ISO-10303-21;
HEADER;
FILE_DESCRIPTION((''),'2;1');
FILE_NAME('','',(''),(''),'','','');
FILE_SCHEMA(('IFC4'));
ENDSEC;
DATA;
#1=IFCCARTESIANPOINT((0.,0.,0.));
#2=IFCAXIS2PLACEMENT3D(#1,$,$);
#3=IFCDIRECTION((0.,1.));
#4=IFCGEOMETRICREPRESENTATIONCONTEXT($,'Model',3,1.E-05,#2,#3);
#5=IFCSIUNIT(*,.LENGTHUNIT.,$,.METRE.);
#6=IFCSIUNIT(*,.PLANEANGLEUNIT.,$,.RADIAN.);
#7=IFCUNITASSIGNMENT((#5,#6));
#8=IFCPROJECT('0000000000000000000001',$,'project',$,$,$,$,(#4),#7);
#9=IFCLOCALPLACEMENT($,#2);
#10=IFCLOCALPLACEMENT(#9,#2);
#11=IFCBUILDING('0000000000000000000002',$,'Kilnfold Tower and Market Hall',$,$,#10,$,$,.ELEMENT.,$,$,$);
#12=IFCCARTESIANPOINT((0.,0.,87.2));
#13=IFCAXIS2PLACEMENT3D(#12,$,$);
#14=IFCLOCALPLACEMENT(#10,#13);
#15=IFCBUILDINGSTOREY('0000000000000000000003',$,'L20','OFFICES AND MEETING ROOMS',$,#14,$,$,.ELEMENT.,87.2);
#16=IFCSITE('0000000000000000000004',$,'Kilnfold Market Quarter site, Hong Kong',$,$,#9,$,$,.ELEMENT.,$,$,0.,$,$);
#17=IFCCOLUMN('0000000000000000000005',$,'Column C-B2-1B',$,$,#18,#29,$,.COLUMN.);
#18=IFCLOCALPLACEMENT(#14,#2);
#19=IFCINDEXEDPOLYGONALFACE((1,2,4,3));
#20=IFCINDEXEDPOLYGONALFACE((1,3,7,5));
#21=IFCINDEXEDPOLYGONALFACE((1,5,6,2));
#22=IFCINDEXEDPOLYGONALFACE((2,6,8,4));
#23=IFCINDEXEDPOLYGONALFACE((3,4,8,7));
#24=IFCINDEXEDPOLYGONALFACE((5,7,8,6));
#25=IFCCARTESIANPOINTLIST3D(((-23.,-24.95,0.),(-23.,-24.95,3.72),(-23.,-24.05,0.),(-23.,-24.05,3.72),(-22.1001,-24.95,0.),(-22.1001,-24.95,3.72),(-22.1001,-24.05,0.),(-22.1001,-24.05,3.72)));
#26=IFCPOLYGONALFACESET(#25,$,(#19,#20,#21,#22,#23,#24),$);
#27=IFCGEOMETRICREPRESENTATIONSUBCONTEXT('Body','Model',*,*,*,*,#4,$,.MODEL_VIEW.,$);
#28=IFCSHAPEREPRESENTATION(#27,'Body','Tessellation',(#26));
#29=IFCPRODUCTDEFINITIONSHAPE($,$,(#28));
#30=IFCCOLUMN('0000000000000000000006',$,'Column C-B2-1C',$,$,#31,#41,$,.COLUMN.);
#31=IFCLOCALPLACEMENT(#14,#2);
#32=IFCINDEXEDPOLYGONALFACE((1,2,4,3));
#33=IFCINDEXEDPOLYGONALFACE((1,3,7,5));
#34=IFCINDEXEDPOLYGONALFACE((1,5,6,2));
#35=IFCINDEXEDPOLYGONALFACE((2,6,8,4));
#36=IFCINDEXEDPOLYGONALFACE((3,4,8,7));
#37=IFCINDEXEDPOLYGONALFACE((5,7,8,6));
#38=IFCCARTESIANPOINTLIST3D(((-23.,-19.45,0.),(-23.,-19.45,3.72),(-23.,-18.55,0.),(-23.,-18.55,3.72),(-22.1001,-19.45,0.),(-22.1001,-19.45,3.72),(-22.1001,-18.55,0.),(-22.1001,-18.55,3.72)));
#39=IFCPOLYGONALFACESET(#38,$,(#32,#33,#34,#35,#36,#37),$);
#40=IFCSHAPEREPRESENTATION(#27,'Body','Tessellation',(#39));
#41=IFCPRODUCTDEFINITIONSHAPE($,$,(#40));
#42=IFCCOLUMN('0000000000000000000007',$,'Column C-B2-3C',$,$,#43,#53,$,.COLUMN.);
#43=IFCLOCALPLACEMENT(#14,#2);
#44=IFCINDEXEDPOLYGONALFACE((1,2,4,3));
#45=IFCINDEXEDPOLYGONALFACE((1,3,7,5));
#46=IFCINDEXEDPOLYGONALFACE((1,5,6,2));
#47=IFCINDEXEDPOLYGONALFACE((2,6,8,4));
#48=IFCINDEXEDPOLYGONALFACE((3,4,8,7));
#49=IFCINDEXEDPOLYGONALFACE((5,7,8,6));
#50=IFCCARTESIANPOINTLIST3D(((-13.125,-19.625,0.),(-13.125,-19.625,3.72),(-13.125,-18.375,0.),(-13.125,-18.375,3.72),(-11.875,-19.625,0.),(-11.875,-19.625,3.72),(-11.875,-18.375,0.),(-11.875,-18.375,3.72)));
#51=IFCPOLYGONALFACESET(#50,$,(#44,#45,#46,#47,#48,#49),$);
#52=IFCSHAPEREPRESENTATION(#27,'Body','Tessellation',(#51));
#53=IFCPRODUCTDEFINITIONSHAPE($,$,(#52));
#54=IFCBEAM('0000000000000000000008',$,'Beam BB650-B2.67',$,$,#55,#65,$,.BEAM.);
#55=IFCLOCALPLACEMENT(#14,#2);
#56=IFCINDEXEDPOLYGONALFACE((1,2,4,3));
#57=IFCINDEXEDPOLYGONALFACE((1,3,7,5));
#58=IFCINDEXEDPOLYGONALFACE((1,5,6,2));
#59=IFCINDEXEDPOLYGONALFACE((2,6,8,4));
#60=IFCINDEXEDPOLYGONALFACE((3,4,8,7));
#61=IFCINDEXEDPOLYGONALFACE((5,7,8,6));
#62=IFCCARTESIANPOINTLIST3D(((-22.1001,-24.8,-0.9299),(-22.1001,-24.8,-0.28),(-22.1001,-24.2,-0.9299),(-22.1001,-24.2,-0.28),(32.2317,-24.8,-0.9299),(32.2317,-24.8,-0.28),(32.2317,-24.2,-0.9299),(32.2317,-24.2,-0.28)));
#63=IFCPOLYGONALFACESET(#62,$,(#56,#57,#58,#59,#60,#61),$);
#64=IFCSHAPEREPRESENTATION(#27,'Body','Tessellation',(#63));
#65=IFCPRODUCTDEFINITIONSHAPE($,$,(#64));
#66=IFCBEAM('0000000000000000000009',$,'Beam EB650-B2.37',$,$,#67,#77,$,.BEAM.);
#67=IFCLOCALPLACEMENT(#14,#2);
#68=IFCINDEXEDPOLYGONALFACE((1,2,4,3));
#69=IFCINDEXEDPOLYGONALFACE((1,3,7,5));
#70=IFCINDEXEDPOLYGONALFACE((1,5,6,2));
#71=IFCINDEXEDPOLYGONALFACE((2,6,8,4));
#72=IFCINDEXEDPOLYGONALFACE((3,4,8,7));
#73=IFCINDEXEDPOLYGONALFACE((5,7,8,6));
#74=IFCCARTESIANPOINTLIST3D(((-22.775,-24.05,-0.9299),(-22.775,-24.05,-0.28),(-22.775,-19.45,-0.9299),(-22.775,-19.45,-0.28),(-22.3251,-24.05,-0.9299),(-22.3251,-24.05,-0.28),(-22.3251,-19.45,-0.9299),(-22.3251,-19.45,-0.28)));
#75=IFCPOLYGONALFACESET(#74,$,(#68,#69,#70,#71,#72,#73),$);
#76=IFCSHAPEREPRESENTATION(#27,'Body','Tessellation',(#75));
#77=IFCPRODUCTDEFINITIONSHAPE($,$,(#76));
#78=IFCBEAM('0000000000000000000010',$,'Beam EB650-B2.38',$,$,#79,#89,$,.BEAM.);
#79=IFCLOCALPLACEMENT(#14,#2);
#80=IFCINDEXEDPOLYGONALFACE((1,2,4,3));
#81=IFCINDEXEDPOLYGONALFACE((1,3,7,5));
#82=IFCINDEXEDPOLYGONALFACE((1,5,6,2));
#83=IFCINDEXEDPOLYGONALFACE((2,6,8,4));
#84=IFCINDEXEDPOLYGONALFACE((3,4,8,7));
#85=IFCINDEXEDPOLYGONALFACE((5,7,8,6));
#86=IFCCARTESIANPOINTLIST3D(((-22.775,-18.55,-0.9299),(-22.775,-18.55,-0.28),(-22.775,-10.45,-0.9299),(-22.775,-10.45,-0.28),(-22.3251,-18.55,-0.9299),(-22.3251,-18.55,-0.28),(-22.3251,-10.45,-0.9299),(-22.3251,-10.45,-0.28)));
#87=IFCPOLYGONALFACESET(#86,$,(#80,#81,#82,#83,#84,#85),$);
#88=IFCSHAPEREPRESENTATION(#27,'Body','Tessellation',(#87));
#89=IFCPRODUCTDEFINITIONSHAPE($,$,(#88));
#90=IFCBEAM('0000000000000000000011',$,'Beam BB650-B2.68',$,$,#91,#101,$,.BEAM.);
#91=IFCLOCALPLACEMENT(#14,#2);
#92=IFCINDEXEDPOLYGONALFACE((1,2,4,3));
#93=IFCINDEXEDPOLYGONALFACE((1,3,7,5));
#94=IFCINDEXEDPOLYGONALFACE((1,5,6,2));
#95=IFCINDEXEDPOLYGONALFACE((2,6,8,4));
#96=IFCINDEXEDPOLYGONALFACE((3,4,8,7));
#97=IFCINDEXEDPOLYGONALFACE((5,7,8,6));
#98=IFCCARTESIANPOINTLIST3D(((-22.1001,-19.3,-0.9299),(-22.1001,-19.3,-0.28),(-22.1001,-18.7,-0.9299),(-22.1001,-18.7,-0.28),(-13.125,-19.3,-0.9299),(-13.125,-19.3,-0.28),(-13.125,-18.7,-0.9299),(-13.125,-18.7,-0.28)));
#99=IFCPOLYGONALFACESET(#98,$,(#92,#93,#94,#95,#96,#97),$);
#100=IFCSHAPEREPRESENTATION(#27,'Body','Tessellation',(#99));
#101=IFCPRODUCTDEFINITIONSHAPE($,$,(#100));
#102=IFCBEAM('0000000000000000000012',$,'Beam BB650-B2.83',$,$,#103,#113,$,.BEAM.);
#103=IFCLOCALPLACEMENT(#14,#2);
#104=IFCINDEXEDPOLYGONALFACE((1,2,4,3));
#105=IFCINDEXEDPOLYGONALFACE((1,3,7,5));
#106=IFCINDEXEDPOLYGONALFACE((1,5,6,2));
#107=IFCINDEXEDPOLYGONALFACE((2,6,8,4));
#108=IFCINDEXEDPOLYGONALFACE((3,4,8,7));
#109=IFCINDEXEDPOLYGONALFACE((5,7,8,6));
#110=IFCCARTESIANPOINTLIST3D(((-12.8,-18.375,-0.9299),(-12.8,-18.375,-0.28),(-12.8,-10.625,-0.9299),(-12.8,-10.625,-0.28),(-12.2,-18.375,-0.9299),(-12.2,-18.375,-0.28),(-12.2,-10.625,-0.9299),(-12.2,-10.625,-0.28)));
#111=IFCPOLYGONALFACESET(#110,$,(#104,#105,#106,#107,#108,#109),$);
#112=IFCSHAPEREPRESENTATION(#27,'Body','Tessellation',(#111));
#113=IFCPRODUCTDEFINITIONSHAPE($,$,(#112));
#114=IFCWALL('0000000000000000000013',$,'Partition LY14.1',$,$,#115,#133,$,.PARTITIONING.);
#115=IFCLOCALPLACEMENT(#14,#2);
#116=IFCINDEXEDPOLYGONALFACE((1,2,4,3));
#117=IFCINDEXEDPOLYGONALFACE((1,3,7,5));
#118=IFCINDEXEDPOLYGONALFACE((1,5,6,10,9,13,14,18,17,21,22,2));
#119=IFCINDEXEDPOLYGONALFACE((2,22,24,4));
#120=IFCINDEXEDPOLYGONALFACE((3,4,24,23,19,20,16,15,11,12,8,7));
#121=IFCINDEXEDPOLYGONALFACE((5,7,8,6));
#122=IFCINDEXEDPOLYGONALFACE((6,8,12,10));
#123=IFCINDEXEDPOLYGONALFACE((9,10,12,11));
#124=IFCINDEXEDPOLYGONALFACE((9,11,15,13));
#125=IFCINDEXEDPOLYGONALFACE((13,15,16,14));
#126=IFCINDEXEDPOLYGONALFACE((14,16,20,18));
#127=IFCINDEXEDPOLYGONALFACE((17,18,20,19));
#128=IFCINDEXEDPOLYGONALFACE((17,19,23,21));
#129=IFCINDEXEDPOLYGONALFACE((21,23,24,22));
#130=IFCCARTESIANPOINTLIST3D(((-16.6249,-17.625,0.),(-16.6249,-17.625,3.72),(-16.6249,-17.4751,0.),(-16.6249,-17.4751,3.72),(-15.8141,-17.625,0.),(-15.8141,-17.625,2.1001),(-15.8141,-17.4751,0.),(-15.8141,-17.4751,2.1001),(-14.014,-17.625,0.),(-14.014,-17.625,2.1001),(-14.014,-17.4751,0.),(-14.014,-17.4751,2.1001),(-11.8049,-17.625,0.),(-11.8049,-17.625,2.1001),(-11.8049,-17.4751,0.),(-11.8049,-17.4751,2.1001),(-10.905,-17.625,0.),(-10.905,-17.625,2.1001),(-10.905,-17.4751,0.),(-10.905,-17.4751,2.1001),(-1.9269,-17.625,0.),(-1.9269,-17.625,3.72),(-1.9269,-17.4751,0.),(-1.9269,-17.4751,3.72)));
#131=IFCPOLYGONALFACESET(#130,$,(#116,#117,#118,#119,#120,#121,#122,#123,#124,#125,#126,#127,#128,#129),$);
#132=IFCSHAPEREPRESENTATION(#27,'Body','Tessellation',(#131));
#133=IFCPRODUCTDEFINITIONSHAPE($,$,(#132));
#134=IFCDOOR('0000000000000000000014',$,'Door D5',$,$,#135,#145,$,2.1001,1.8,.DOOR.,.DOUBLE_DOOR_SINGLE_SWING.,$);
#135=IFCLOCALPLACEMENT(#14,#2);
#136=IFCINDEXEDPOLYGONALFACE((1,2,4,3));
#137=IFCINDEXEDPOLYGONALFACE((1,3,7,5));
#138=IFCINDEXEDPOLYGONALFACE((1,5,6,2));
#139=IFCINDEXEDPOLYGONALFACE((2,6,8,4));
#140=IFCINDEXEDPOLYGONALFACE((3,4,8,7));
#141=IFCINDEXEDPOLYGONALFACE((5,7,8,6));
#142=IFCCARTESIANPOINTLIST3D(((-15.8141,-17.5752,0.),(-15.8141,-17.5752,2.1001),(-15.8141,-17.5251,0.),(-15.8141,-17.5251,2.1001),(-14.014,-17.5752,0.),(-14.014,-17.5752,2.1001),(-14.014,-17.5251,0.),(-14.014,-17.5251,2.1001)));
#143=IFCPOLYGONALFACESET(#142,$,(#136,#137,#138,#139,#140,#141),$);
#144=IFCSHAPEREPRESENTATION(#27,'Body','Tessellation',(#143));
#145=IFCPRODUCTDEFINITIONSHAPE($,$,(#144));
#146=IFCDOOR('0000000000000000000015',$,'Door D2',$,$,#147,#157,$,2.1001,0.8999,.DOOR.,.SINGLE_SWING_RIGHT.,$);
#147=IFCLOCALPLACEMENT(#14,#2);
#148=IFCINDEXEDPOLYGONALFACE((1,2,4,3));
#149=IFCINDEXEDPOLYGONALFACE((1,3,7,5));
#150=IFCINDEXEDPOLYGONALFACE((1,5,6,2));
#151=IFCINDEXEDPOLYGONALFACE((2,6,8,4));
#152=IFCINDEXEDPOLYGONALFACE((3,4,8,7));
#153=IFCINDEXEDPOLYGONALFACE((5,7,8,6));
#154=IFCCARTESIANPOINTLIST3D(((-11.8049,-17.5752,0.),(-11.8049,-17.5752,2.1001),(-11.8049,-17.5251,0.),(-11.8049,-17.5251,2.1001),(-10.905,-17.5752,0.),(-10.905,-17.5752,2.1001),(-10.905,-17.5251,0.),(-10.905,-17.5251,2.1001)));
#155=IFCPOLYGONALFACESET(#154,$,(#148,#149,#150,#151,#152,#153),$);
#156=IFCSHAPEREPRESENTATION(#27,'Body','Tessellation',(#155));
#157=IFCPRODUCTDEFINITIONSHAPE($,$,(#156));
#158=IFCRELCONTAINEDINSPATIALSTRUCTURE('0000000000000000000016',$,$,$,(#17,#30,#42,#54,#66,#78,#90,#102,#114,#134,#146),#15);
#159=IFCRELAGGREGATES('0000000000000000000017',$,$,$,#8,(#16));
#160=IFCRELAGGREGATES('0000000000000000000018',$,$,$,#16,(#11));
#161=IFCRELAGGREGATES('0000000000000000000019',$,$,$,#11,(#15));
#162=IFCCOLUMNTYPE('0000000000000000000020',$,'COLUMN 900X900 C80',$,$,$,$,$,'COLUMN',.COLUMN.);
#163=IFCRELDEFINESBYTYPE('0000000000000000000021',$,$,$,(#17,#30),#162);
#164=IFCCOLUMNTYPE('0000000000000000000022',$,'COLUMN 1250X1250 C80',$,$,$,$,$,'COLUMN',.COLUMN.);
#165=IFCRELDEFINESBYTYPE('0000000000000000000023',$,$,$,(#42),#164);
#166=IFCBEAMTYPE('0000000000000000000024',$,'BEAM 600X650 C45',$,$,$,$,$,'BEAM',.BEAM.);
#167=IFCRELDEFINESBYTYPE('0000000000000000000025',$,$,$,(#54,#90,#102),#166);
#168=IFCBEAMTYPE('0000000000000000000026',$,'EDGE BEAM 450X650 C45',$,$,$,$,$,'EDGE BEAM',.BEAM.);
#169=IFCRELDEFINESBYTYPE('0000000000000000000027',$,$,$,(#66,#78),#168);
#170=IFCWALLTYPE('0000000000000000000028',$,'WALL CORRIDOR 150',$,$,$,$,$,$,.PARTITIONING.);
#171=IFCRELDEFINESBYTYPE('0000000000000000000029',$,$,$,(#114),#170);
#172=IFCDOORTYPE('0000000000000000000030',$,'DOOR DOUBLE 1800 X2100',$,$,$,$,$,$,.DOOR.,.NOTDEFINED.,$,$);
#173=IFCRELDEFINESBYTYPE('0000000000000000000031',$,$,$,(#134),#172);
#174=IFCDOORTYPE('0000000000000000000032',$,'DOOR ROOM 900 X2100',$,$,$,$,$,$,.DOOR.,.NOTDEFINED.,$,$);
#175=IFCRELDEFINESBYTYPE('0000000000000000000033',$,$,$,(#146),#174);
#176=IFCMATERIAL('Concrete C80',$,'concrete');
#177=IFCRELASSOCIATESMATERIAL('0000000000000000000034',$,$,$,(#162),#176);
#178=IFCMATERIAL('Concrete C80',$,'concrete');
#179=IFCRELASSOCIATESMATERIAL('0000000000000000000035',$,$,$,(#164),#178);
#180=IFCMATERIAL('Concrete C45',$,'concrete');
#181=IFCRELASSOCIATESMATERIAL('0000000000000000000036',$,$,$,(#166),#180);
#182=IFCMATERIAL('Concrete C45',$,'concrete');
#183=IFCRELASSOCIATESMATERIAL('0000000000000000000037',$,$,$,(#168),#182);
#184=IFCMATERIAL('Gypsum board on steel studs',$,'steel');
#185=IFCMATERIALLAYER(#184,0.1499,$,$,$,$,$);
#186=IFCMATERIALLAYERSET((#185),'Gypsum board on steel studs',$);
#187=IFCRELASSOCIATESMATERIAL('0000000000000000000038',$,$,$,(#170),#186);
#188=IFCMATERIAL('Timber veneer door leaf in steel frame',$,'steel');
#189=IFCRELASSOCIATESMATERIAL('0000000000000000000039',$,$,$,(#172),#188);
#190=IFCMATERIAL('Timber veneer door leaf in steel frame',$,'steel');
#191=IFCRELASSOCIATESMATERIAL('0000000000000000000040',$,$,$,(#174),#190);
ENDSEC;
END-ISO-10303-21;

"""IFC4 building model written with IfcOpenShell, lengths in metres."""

from ifc_helpers import new_model, si_unit, direction, frame, frame_2d, origin, origin_2d, place, context, subcontext, project, spatial, rectangle, extrude, source, transform, mapped, material, layer, layer_set, material_profile, profile_set, type_object, element, fill, save


model = new_model("IFC4")

# Units and contexts
model_context = context("Model", 3, precision=1e-05, world=origin(), true_north=direction((0.0, 1.0)))
body_context = subcontext(model_context, "Body", "Model", "MODEL_VIEW")
ifc_project = project(units=[si_unit("LENGTHUNIT", "METRE"), si_unit("PLANEANGLEUNIT", "RADIAN")], contexts=[model_context])

# Site, building, storey
site_placement = place(None, origin())
site = spatial("IfcSite", under=ifc_project, at=site_placement, Name="Kilnfold Market Quarter site, Hong Kong", CompositionType="ELEMENT", RefElevation=0.0)
building_placement = place(site_placement, origin())
building = spatial("IfcBuilding", under=site, at=building_placement, Name="Kilnfold Tower and Market Hall", CompositionType="ELEMENT")
storey_placement = place(building_placement, frame((0.0, 0.0, 87.2)))
storey = spatial("IfcBuildingStorey", under=building, at=storey_placement, Name="L20", Description="OFFICES AND MEETING ROOMS", CompositionType="ELEMENT", Elevation=87.2)

# Columns
ifc_material_1 = material(Name="Concrete C80", Category="concrete")
ifc_material_profile_1 = material_profile(ifc_material_1, rectangle(XDim=0.8999, YDim=0.8999, at=origin_2d()), Name="RC 900x900")
ifc_profile_set_1 = profile_set([ifc_material_profile_1], Name="Concrete C80")
column_type_1 = type_object("IfcColumnType", Name="COLUMN 900X900 C80", ElementType="COLUMN", PredefinedType="COLUMN", material=ifc_profile_set_1)
shared_shape_1 = source(origin(), body_context, "Body", "SweptSolid", [
    extrude(rectangle(XDim=0.8999, YDim=0.8999, at=origin_2d()), origin(), (0.0, 0.0, 1.0), 3.72),
])
for number, where, z_axis, x_axis, name in (
    (1, (-22.55, -24.5, 0.0), (0.0, 0.0, 1.0), (1.0, 0.0, 0.0), "Column C-B2-1B"),
    (2, (-22.55, -19.0, 0.0), (0.0, 0.0, 1.0), (1.0, 0.0, 0.0), "Column C-B2-1C"),
):
    element("IfcColumn", number, at=place(storey_placement, frame(where, z_axis=z_axis, x_axis=x_axis)), inside=storey, type_object=column_type_1, Name=name, PredefinedType="COLUMN", context=body_context, shape_type="MappedRepresentation", body=[
        mapped(shared_shape_1, transform((0.0, 0.0, 0.0))),
    ])
ifc_material_2 = material(Name="Concrete C80", Category="concrete")
ifc_material_profile_2 = material_profile(ifc_material_2, rectangle(XDim=1.25, YDim=1.25, at=origin_2d()), Name="RC 1250x1250")
ifc_profile_set_2 = profile_set([ifc_material_profile_2], Name="Concrete C80")
column_type_2 = type_object("IfcColumnType", Name="COLUMN 1250X1250 C80", ElementType="COLUMN", PredefinedType="COLUMN", material=ifc_profile_set_2)
shared_shape_2 = source(origin(), body_context, "Body", "SweptSolid", [
    extrude(rectangle(XDim=1.25, YDim=1.25, at=origin_2d()), origin(), (0.0, 0.0, 1.0), 3.72),
])
column_placement = place(storey_placement, frame((-12.5, -19.0, 0.0), z_axis=(0.0, 0.0, 1.0), x_axis=(1.0, 0.0, 0.0)))
element("IfcColumn", 3, at=column_placement, inside=storey, type_object=column_type_2, Name="Column C-B2-3C", PredefinedType="COLUMN", context=body_context, shape_type="MappedRepresentation", body=[
    mapped(shared_shape_2, transform((0.0, 0.0, 0.0))),
])

# Beams
ifc_material_3 = material(Name="Concrete C45", Category="concrete")
ifc_material_profile_3 = material_profile(ifc_material_3, rectangle(XDim=0.6001, YDim=0.6499, at=origin_2d()), Name="RC 600x650")
ifc_profile_set_3 = profile_set([ifc_material_profile_3], Name="Concrete C45")
beam_type_1 = type_object("IfcBeamType", Name="BEAM 600X650 C45", ElementType="BEAM", PredefinedType="BEAM", material=ifc_profile_set_3)
shared_shape_3 = source(origin(), body_context, "Body", "SweptSolid", [
    extrude(rectangle(XDim=0.6001, YDim=0.6499, at=origin_2d()), origin(), (0.0, 0.0, 1.0), 54.3318),
])
beam_1_placement = place(storey_placement, frame((-22.1001, -24.5, -0.605), z_axis=(1.0, 0.0, 0.0), x_axis=(0.0, 1.0, 0.0)))
element("IfcBeam", 4, at=beam_1_placement, inside=storey, type_object=beam_type_1, Name="Beam BB650-B2.67", PredefinedType="BEAM", context=body_context, shape_type="MappedRepresentation", body=[
    mapped(shared_shape_3, transform((0.0, 0.0, 0.0))),
])
ifc_material_4 = material(Name="Concrete C45", Category="concrete")
ifc_material_profile_4 = material_profile(ifc_material_4, rectangle(XDim=0.45, YDim=0.6499, at=origin_2d()), Name="RC 450x650")
ifc_profile_set_4 = profile_set([ifc_material_profile_4], Name="Concrete C45")
beam_type_2 = type_object("IfcBeamType", Name="EDGE BEAM 450X650 C45", ElementType="EDGE BEAM", PredefinedType="BEAM", material=ifc_profile_set_4)
shared_shape_4 = source(origin(), body_context, "Body", "SweptSolid", [
    extrude(rectangle(XDim=0.45, YDim=0.6499, at=origin_2d()), origin(), (0.0, 0.0, 1.0), 4.6001),
])
beam_2_placement = place(storey_placement, frame((-22.55, -24.05, -0.605), z_axis=(0.0, 1.0, 0.0), x_axis=(-1.0, 0.0, 0.0)))
element("IfcBeam", 5, at=beam_2_placement, inside=storey, type_object=beam_type_2, Name="Beam EB650-B2.37", PredefinedType="BEAM", context=body_context, shape_type="MappedRepresentation", body=[
    mapped(shared_shape_4, transform((0.0, 0.0, 0.0))),
])
shared_shape_5 = source(origin(), body_context, "Body", "SweptSolid", [
    extrude(rectangle(XDim=0.45, YDim=0.6499, at=origin_2d()), origin(), (0.0, 0.0, 1.0), 8.1001),
])
beam_3_placement = place(storey_placement, frame((-22.55, -18.55, -0.605), z_axis=(0.0, 1.0, 0.0), x_axis=(-1.0, 0.0, 0.0)))
element("IfcBeam", 6, at=beam_3_placement, inside=storey, type_object=beam_type_2, Name="Beam EB650-B2.38", PredefinedType="BEAM", context=body_context, shape_type="MappedRepresentation", body=[
    mapped(shared_shape_5, transform((0.0, 0.0, 0.0))),
])
shared_shape_6 = source(origin(), body_context, "Body", "SweptSolid", [
    extrude(rectangle(XDim=0.6001, YDim=0.6499, at=origin_2d()), origin(), (0.0, 0.0, 1.0), 8.9751),
])
beam_4_placement = place(storey_placement, frame((-22.1001, -19.0, -0.605), z_axis=(1.0, 0.0, 0.0), x_axis=(0.0, 1.0, 0.0)))
element("IfcBeam", 7, at=beam_4_placement, inside=storey, type_object=beam_type_1, Name="Beam BB650-B2.68", PredefinedType="BEAM", context=body_context, shape_type="MappedRepresentation", body=[
    mapped(shared_shape_6, transform((0.0, 0.0, 0.0))),
])
shared_shape_7 = source(origin(), body_context, "Body", "SweptSolid", [
    extrude(rectangle(XDim=0.6001, YDim=0.6499, at=origin_2d()), origin(), (0.0, 0.0, 1.0), 7.75),
])
beam_5_placement = place(storey_placement, frame((-12.5, -18.375, -0.605), z_axis=(0.0, 1.0, 0.0), x_axis=(-1.0, 0.0, 0.0)))
element("IfcBeam", 8, at=beam_5_placement, inside=storey, type_object=beam_type_1, Name="Beam BB650-B2.83", PredefinedType="BEAM", context=body_context, shape_type="MappedRepresentation", body=[
    mapped(shared_shape_7, transform((0.0, 0.0, 0.0))),
])

# Wall, openings, doors
ifc_material_5 = material(Name="Gypsum board on steel studs", Category="steel")
ifc_layer_1 = layer(ifc_material_5, 0.1499)
ifc_layer_set_1 = layer_set([ifc_layer_1], Name="Gypsum board on steel studs")
wall_type_1 = type_object("IfcWallType", Name="WALL CORRIDOR 150", PredefinedType="PARTITIONING", material=ifc_layer_set_1)
wall_1_placement = place(storey_placement, frame((-16.625, -17.55, 0.0), z_axis=(0.0, 0.0, 1.0), x_axis=(1.0, 0.0, 0.0)))
wall_1 = element("IfcWall", 9, at=wall_1_placement, inside=storey, type_object=wall_type_1, Name="Partition LY14.1", PredefinedType="PARTITIONING", context=body_context, shape_type="SweptSolid", body=[
    extrude(rectangle(XDim=14.698, YDim=0.1499, at=frame_2d((7.3491, 0.0))), origin(), (0.0, 0.0, 1.0), 3.72),
])
opening_1_placement = place(wall_1_placement, frame((0.811, 0.0, 0.0)))
opening_1 = element("IfcOpeningElement", 10, at=opening_1_placement, cuts=wall_1, PredefinedType="OPENING", context=body_context, shape_type="SweptSolid", body=[
    extrude(rectangle(XDim=1.8, YDim=2.1001, at=frame_2d((0.8999, 1.05))), frame((0.0, 0.085, 0.0), z_axis=(0.0, -1.0, 0.0), x_axis=(1.0, 0.0, 0.0)), (0.0, 0.0, 1.0), 0.1699),
])
opening_2_placement = place(wall_1_placement, frame((4.8201, 0.0, 0.0)))
opening_2 = element("IfcOpeningElement", 11, at=opening_2_placement, cuts=wall_1, PredefinedType="OPENING", context=body_context, shape_type="SweptSolid", body=[
    extrude(rectangle(XDim=0.8999, YDim=2.1001, at=frame_2d((0.45, 1.05))), frame((0.0, 0.085, 0.0), z_axis=(0.0, -1.0, 0.0), x_axis=(1.0, 0.0, 0.0)), (0.0, 0.0, 1.0), 0.1699),
])
ifc_material_6 = material(Name="Timber veneer door leaf in steel frame", Category="steel")
door_type_1 = type_object("IfcDoorType", Name="DOOR DOUBLE 1800 X2100", OperationType="NOTDEFINED", PredefinedType="DOOR", material=ifc_material_6)
door_1_placement = place(opening_1_placement, origin())
door_1 = element("IfcDoor", 12, at=door_1_placement, inside=storey, type_object=door_type_1, Name="Door D5", OperationType="DOUBLE_DOOR_SINGLE_SWING", OverallHeight=2.1001, OverallWidth=1.8, PredefinedType="DOOR", context=body_context, shape_type="SweptSolid", body=[
    extrude(rectangle(XDim=1.8, YDim=2.1001, at=frame_2d((0.8999, 1.05))), frame((0.0, 0.0249, 0.0), z_axis=(0.0, -1.0, 0.0), x_axis=(1.0, 0.0, 0.0)), (0.0, 0.0, 1.0), 0.05),
])
fill(opening_1, door_1)
ifc_material_7 = material(Name="Timber veneer door leaf in steel frame", Category="steel")
door_type_2 = type_object("IfcDoorType", Name="DOOR ROOM 900 X2100", OperationType="NOTDEFINED", PredefinedType="DOOR", material=ifc_material_7)
door_2_placement = place(opening_2_placement, origin())
door_2 = element("IfcDoor", 13, at=door_2_placement, inside=storey, type_object=door_type_2, Name="Door D2", OperationType="SINGLE_SWING_RIGHT", OverallHeight=2.1001, OverallWidth=0.8999, PredefinedType="DOOR", context=body_context, shape_type="SweptSolid", body=[
    extrude(rectangle(XDim=0.8999, YDim=2.1001, at=frame_2d((0.45, 1.05))), frame((0.0, 0.0249, 0.0), z_axis=(0.0, -1.0, 0.0), x_axis=(1.0, 0.0, 0.0)), (0.0, 0.0, 1.0), 0.05),
])
fill(opening_2, door_2)

save(model, "model.ifc")
